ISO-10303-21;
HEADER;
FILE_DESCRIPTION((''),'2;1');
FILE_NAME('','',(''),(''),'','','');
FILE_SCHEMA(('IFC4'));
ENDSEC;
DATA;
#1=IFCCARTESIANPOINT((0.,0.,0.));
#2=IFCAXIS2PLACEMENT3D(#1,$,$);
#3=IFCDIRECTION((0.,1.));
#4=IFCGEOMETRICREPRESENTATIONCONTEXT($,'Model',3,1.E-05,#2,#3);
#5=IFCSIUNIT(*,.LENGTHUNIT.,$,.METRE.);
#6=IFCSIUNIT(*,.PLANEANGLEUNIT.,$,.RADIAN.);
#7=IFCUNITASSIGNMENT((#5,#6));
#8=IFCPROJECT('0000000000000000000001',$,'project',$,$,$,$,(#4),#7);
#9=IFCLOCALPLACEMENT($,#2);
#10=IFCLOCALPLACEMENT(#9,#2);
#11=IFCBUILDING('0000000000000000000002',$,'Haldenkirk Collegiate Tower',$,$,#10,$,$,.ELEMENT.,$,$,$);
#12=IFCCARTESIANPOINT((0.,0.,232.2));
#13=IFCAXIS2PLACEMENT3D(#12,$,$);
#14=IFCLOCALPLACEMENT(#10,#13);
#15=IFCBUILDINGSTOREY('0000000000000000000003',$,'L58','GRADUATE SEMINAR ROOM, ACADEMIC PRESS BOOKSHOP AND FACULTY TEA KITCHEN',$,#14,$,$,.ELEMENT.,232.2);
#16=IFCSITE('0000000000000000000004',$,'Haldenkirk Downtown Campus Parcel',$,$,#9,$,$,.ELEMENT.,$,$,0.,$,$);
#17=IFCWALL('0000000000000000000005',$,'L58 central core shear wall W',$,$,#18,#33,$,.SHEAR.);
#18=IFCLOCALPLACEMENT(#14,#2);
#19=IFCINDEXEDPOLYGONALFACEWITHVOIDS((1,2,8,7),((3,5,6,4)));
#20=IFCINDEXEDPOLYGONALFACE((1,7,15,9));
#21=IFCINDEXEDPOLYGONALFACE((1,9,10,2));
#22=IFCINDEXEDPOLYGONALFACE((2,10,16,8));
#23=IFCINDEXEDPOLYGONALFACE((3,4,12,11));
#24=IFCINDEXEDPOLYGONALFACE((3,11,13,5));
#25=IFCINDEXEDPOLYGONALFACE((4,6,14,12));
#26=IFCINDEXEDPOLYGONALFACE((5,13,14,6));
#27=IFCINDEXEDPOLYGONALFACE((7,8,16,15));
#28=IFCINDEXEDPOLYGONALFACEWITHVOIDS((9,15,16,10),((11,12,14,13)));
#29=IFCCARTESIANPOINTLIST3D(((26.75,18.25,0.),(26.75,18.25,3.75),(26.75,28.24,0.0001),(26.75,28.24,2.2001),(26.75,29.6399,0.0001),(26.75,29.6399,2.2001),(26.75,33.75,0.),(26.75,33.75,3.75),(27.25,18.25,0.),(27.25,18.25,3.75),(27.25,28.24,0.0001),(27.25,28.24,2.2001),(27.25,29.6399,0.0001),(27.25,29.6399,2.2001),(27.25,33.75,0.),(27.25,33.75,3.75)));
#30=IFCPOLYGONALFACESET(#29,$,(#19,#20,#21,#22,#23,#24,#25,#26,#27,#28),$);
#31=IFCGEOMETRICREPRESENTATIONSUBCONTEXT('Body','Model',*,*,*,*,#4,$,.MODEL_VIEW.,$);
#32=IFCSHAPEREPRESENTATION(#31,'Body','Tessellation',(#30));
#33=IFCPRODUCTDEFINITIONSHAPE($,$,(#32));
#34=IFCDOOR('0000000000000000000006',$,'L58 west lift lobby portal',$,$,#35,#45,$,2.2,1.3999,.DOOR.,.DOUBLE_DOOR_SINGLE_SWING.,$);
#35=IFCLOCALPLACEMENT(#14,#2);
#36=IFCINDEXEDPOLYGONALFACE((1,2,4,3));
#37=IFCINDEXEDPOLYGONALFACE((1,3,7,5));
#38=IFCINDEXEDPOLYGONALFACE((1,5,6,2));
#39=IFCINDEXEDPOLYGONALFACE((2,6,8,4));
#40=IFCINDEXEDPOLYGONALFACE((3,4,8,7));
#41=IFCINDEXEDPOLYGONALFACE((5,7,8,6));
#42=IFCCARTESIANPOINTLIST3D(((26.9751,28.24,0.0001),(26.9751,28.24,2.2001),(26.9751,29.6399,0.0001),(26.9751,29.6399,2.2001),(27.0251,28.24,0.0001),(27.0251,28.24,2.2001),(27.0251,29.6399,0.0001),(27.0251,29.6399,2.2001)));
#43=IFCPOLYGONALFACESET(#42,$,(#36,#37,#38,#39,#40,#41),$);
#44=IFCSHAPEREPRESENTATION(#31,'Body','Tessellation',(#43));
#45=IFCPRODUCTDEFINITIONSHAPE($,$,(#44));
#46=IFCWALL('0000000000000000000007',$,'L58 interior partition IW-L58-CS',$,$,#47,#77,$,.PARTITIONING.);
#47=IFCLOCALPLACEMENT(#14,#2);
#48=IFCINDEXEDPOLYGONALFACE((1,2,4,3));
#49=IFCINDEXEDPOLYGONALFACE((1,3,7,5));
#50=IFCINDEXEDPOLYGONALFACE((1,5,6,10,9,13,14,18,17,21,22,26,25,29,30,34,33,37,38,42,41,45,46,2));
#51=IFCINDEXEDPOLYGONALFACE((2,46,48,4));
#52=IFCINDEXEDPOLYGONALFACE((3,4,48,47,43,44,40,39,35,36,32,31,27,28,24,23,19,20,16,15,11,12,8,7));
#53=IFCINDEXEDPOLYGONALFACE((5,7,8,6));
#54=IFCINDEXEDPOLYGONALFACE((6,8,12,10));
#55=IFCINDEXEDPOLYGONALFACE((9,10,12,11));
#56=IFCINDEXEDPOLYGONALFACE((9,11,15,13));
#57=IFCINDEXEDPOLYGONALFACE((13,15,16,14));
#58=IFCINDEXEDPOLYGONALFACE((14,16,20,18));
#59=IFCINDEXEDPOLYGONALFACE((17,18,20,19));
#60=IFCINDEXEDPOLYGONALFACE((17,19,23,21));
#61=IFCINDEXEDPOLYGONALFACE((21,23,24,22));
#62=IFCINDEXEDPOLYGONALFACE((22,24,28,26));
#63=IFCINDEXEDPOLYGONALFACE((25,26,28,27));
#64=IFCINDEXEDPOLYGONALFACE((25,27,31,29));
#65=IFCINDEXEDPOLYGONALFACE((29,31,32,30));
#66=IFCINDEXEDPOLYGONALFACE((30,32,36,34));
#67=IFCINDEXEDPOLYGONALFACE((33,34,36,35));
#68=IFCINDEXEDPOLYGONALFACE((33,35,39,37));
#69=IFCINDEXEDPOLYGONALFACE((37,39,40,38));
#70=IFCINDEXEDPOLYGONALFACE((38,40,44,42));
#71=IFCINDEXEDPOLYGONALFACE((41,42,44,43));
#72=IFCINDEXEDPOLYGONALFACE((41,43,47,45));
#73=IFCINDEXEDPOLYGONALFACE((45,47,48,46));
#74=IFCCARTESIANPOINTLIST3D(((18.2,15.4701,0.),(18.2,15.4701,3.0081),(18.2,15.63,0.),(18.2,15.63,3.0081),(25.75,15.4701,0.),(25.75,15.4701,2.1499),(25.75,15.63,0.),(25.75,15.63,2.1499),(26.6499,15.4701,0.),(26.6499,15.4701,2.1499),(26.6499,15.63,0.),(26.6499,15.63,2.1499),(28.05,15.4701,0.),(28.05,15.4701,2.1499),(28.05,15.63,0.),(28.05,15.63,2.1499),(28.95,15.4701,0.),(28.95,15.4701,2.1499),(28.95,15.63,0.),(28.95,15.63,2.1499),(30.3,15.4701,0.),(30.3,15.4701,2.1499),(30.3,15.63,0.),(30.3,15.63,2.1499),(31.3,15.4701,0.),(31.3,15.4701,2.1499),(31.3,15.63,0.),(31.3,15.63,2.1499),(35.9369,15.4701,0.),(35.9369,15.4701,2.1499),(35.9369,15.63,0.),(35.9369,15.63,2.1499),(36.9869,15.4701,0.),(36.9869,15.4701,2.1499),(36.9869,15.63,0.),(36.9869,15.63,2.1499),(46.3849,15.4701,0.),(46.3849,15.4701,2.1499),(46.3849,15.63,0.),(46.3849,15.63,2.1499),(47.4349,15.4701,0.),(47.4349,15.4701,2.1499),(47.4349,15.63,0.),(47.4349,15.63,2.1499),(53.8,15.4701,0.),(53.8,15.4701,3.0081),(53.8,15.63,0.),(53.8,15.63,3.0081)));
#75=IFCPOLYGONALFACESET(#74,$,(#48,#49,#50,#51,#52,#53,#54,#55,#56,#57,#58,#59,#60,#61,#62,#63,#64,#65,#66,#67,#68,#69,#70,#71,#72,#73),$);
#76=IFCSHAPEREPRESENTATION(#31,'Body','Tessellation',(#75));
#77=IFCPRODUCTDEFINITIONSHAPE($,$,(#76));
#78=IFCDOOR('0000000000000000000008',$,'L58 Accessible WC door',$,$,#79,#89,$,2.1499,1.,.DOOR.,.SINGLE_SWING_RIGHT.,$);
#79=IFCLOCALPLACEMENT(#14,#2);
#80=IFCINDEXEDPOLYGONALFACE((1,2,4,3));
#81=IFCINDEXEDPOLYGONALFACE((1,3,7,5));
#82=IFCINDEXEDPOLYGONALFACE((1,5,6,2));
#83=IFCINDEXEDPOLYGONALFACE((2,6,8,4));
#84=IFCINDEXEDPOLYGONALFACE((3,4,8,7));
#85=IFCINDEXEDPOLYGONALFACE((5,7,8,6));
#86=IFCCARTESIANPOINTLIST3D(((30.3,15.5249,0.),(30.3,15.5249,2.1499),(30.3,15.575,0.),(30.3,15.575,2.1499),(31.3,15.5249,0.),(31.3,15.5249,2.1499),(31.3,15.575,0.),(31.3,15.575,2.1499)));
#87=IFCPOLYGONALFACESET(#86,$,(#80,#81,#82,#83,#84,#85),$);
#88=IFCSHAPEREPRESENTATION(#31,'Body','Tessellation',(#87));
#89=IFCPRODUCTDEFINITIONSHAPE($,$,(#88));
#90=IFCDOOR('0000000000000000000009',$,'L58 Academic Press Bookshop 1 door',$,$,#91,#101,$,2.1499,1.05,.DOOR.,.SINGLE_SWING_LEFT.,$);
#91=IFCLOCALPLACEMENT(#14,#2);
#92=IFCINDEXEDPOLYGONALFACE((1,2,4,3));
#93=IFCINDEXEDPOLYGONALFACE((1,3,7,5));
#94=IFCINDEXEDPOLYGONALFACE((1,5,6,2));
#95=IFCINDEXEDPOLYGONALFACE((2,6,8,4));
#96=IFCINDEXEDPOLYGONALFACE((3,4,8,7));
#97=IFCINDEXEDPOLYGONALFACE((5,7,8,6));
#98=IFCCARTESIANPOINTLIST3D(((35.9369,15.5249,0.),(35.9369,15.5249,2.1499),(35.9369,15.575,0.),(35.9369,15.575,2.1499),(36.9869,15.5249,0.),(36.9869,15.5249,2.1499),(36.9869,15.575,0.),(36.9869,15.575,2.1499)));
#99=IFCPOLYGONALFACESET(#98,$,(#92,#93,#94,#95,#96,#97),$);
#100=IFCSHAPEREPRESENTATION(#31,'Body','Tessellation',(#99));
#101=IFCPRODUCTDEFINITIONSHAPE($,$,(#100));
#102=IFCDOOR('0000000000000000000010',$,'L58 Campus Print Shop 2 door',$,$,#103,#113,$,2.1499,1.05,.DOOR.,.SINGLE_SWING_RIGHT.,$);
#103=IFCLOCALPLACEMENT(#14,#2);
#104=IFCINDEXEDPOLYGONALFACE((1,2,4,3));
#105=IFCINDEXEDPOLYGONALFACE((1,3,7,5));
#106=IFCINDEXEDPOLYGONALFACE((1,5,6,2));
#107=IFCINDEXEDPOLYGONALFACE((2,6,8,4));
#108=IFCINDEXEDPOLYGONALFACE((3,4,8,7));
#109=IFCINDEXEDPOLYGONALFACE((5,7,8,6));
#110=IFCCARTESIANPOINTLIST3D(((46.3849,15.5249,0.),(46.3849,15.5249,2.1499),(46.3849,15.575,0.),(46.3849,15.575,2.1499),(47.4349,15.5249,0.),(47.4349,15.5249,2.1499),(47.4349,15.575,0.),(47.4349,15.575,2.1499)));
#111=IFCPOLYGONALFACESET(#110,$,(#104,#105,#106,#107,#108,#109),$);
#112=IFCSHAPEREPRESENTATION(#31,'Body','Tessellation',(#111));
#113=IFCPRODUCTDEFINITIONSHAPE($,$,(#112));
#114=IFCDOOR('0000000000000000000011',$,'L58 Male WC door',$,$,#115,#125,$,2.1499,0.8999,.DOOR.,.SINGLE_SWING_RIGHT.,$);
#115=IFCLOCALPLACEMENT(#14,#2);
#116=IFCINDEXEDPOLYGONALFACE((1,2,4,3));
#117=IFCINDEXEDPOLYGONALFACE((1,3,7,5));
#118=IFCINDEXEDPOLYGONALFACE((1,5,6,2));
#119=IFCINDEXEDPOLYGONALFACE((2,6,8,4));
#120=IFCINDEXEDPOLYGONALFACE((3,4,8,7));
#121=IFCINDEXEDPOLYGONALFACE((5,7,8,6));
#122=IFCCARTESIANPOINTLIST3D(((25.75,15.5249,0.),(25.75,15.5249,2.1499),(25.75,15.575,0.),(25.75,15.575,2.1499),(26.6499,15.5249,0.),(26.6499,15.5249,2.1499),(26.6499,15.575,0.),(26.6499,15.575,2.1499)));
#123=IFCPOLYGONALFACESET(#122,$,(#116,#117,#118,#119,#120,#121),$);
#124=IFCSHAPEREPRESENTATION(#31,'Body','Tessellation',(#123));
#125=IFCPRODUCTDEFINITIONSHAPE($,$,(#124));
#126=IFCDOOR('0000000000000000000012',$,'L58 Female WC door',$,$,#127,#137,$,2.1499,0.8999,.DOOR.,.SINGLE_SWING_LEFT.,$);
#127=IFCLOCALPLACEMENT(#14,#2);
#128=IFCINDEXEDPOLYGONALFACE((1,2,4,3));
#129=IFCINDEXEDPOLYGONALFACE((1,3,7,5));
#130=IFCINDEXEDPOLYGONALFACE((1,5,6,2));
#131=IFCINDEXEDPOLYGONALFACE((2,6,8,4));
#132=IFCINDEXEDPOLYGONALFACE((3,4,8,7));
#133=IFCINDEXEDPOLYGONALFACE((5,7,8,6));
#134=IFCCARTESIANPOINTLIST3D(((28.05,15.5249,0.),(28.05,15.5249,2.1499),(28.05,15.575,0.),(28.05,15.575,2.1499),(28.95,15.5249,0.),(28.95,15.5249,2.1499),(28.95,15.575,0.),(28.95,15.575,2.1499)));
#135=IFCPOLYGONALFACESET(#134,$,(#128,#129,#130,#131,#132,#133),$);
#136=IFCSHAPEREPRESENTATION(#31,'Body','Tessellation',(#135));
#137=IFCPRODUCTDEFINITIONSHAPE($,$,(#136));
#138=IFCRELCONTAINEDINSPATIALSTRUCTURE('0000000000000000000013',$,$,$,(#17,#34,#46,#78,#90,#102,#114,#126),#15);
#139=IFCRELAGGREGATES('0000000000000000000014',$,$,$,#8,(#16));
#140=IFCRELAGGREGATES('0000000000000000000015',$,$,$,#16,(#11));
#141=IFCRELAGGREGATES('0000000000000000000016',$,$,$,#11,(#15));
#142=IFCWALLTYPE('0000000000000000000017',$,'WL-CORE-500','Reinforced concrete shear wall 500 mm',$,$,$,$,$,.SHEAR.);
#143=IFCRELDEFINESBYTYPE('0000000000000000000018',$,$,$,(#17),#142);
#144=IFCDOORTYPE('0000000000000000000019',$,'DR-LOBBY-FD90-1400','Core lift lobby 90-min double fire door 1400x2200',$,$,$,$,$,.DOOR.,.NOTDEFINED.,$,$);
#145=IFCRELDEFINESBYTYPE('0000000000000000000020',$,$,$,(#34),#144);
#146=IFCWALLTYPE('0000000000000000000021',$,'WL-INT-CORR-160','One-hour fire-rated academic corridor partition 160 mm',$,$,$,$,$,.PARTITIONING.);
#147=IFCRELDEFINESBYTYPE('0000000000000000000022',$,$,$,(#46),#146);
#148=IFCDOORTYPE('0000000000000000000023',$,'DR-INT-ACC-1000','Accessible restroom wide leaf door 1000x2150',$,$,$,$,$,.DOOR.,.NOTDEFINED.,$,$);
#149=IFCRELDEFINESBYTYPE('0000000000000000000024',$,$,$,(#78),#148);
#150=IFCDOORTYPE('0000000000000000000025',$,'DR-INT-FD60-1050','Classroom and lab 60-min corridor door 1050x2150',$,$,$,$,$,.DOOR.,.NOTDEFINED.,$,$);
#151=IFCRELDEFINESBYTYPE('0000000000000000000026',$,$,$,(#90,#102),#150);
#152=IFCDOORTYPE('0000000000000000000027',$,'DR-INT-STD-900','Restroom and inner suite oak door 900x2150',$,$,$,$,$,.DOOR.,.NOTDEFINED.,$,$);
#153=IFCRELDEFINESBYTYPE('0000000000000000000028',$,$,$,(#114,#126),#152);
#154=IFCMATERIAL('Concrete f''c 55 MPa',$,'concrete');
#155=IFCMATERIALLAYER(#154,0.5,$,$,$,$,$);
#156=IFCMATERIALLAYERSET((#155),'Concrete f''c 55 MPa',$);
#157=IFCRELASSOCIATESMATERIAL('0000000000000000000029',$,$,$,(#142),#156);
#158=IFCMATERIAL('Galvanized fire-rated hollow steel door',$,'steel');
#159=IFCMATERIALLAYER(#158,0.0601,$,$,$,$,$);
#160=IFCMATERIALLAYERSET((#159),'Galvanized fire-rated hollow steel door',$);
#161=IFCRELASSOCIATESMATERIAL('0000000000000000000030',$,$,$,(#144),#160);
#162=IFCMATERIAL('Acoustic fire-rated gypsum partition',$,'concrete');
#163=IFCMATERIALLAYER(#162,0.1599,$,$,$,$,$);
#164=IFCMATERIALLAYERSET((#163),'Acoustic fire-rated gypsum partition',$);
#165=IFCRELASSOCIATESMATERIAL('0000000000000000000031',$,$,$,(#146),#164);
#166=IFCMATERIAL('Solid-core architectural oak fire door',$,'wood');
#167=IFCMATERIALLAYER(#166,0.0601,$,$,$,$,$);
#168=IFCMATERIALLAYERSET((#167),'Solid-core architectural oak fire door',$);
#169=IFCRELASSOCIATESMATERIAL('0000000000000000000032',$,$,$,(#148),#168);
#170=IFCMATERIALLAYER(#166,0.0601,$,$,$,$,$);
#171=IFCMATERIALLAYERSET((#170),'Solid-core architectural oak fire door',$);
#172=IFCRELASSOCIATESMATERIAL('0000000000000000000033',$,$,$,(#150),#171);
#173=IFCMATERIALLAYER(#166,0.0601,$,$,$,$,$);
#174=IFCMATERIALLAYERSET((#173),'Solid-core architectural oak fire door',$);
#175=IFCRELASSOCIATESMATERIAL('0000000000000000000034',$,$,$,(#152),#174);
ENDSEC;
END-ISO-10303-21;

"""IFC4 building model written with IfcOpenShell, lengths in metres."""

from ifc_helpers import new_model, si_unit, direction, frame, frame_2d, origin, place, context, subcontext, project, spatial, rectangle, extrude, material, layer, layer_set, type_object, element, fill, save


model = new_model("IFC4")

# Units and contexts
model_context = context("Model", 3, precision=1e-05, world=origin(), true_north=direction((0.0, 1.0)))
body_context = subcontext(model_context, "Body", "Model", "MODEL_VIEW")
ifc_project = project(units=[si_unit("LENGTHUNIT", "METRE"), si_unit("PLANEANGLEUNIT", "RADIAN")], contexts=[model_context])

# Site, building, storey
site_placement = place(None, origin())
site = spatial("IfcSite", under=ifc_project, at=site_placement, Name="Haldenkirk Downtown Campus Parcel", CompositionType="ELEMENT", RefElevation=0.0)
building_placement = place(site_placement, origin())
building = spatial("IfcBuilding", under=site, at=building_placement, Name="Haldenkirk Collegiate Tower", CompositionType="ELEMENT")
storey_placement = place(building_placement, frame((0.0, 0.0, 232.2)))
storey = spatial("IfcBuildingStorey", under=building, at=storey_placement, Name="L58", Description="GRADUATE SEMINAR ROOM, ACADEMIC PRESS BOOKSHOP AND FACULTY TEA KITCHEN", CompositionType="ELEMENT", Elevation=232.2)

# Shared definitions
ifc_material_1 = material(Name="Concrete f'c 55 MPa", Category="concrete")
ifc_layer_1 = layer(ifc_material_1, 0.5)
ifc_layer_set_1 = layer_set([ifc_layer_1], Name="Concrete f'c 55 MPa")
wall_type_1 = type_object("IfcWallType", Name="WL-CORE-500", Description="Reinforced concrete shear wall 500 mm", PredefinedType="SHEAR", material=ifc_layer_set_1)
ifc_material_2 = material(Name="Galvanized fire-rated hollow steel door", Category="steel")

# Wall, opening, door
wall_1_placement = place(storey_placement, frame((27.0, 18.25, 0.0), z_axis=(0.0, 0.0, 1.0), x_axis=(0.0, 1.0, 0.0)))
wall_1 = element("IfcWall", 1, at=wall_1_placement, inside=storey, type_object=wall_type_1, Name="L58 central core shear wall W", PredefinedType="SHEAR", context=body_context, shape_type="SweptSolid", body=[
    extrude(rectangle(XDim=15.5, YDim=0.5, at=frame_2d((7.75, 0.0))), origin(), (0.0, 0.0, 1.0), 3.75),
])
opening_1_placement = place(wall_1_placement, frame((9.99, 0.0, 0.0)))
opening_1 = element("IfcOpeningElement", 2, at=opening_1_placement, cuts=wall_1, PredefinedType="OPENING", context=body_context, shape_type="SweptSolid", body=[
    extrude(rectangle(XDim=1.3999, YDim=2.2, at=frame_2d((0.7, 1.1001))), frame((0.0, 0.26, 0.0), z_axis=(0.0, -1.0, 0.0), x_axis=(1.0, 0.0, 0.0)), (0.0, 0.0, 1.0), 0.52),
])
ifc_layer_2 = layer(ifc_material_2, 0.0601)
ifc_layer_set_2 = layer_set([ifc_layer_2], Name="Galvanized fire-rated hollow steel door")
door_type_1 = type_object("IfcDoorType", Name="DR-LOBBY-FD90-1400", Description="Core lift lobby 90-min double fire door 1400x2200", OperationType="NOTDEFINED", PredefinedType="DOOR", material=ifc_layer_set_2)
door_1_placement = place(opening_1_placement, origin())
door_1 = element("IfcDoor", 3, at=door_1_placement, inside=storey, type_object=door_type_1, Name="L58 west lift lobby portal", OperationType="DOUBLE_DOOR_SINGLE_SWING", OverallHeight=2.2, OverallWidth=1.3999, PredefinedType="DOOR", context=body_context, shape_type="SweptSolid", body=[
    extrude(rectangle(XDim=1.3999, YDim=2.2, at=frame_2d((0.7, 1.1001))), frame((0.0, 0.0249, 0.0), z_axis=(0.0, -1.0, 0.0), x_axis=(1.0, 0.0, 0.0)), (0.0, 0.0, 1.0), 0.05),
])
fill(opening_1, door_1)

# Wall, openings, doors
ifc_material_3 = material(Name="Acoustic fire-rated gypsum partition", Category="concrete")
ifc_layer_3 = layer(ifc_material_3, 0.1599)
ifc_layer_set_3 = layer_set([ifc_layer_3], Name="Acoustic fire-rated gypsum partition")
wall_type_2 = type_object("IfcWallType", Name="WL-INT-CORR-160", Description="One-hour fire-rated academic corridor partition 160 mm", PredefinedType="PARTITIONING", material=ifc_layer_set_3)
wall_2_placement = place(storey_placement, frame((18.2, 15.55, 0.0), z_axis=(0.0, 0.0, 1.0), x_axis=(1.0, 0.0, 0.0)))
wall_2 = element("IfcWall", 4, at=wall_2_placement, inside=storey, type_object=wall_type_2, Name="L58 interior partition IW-L58-CS", PredefinedType="PARTITIONING", context=body_context, shape_type="SweptSolid", body=[
    extrude(rectangle(XDim=35.6001, YDim=0.1599, at=frame_2d((17.8, 0.0))), origin(), (0.0, 0.0, 1.0), 3.0081),
])
opening_2_placement = place(wall_2_placement, frame((7.55, 0.0, 0.0)))
opening_2 = element("IfcOpeningElement", 5, at=opening_2_placement, cuts=wall_2, PredefinedType="OPENING", context=body_context, shape_type="SweptSolid", body=[
    extrude(rectangle(XDim=0.8999, YDim=2.1499, at=frame_2d((0.45, 1.075))), frame((0.0, 0.0898, 0.0), z_axis=(0.0, -1.0, 0.0), x_axis=(1.0, 0.0, 0.0)), (0.0, 0.0, 1.0), 0.1799),
])
opening_3_placement = place(wall_2_placement, frame((9.8501, 0.0, 0.0)))
opening_3 = element("IfcOpeningElement", 6, at=opening_3_placement, cuts=wall_2, PredefinedType="OPENING", context=body_context, shape_type="SweptSolid", body=[
    extrude(rectangle(XDim=0.8999, YDim=2.1499, at=frame_2d((0.45, 1.075))), frame((0.0, 0.0898, 0.0), z_axis=(0.0, -1.0, 0.0), x_axis=(1.0, 0.0, 0.0)), (0.0, 0.0, 1.0), 0.1799),
])
opening_4_placement = place(wall_2_placement, frame((12.1001, 0.0, 0.0)))
opening_4 = element("IfcOpeningElement", 7, at=opening_4_placement, cuts=wall_2, PredefinedType="OPENING", context=body_context, shape_type="SweptSolid", body=[
    extrude(rectangle(XDim=1.0, YDim=2.1499, at=frame_2d((0.5, 1.075))), frame((0.0, 0.0898, 0.0), z_axis=(0.0, -1.0, 0.0), x_axis=(1.0, 0.0, 0.0)), (0.0, 0.0, 1.0), 0.1799),
])
opening_5_placement = place(wall_2_placement, frame((17.7371, 0.0, 0.0)))
opening_5 = element("IfcOpeningElement", 8, at=opening_5_placement, cuts=wall_2, PredefinedType="OPENING", context=body_context, shape_type="SweptSolid", body=[
    extrude(rectangle(XDim=1.05, YDim=2.1499, at=frame_2d((0.5249, 1.075))), frame((0.0, 0.0898, 0.0), z_axis=(0.0, -1.0, 0.0), x_axis=(1.0, 0.0, 0.0)), (0.0, 0.0, 1.0), 0.1799),
])
opening_6_placement = place(wall_2_placement, frame((28.1851, 0.0, 0.0)))
opening_6 = element("IfcOpeningElement", 9, at=opening_6_placement, cuts=wall_2, PredefinedType="OPENING", context=body_context, shape_type="SweptSolid", body=[
    extrude(rectangle(XDim=1.05, YDim=2.1499, at=frame_2d((0.5249, 1.075))), frame((0.0, 0.0898, 0.0), z_axis=(0.0, -1.0, 0.0), x_axis=(1.0, 0.0, 0.0)), (0.0, 0.0, 1.0), 0.1799),
])
ifc_material_4 = material(Name="Solid-core architectural oak fire door", Category="wood")
ifc_layer_4 = layer(ifc_material_4, 0.0601)
ifc_layer_set_4 = layer_set([ifc_layer_4], Name="Solid-core architectural oak fire door")
door_type_2 = type_object("IfcDoorType", Name="DR-INT-ACC-1000", Description="Accessible restroom wide leaf door 1000x2150", OperationType="NOTDEFINED", PredefinedType="DOOR", material=ifc_layer_set_4)
door_2_placement = place(opening_4_placement, origin())
door_2 = element("IfcDoor", 10, at=door_2_placement, inside=storey, type_object=door_type_2, Name="L58 Accessible WC door", OperationType="SINGLE_SWING_RIGHT", OverallHeight=2.1499, OverallWidth=1.0, PredefinedType="DOOR", context=body_context, shape_type="SweptSolid", body=[
    extrude(rectangle(XDim=1.0, YDim=2.1499, at=frame_2d((0.5, 1.075))), frame((0.0, 0.0249, 0.0), z_axis=(0.0, -1.0, 0.0), x_axis=(1.0, 0.0, 0.0)), (0.0, 0.0, 1.0), 0.05),
])
fill(opening_4, door_2)
ifc_layer_5 = layer(ifc_material_4, 0.0601)
ifc_layer_set_5 = layer_set([ifc_layer_5], Name="Solid-core architectural oak fire door")
door_type_3 = type_object("IfcDoorType", Name="DR-INT-FD60-1050", Description="Classroom and lab 60-min corridor door 1050x2150", OperationType="NOTDEFINED", PredefinedType="DOOR", material=ifc_layer_set_5)
door_3_placement = place(opening_5_placement, origin())
door_3 = element("IfcDoor", 11, at=door_3_placement, inside=storey, type_object=door_type_3, Name="L58 Academic Press Bookshop 1 door", OperationType="SINGLE_SWING_LEFT", OverallHeight=2.1499, OverallWidth=1.05, PredefinedType="DOOR", context=body_context, shape_type="SweptSolid", body=[
    extrude(rectangle(XDim=1.05, YDim=2.1499, at=frame_2d((0.5249, 1.075))), frame((0.0, 0.0249, 0.0), z_axis=(0.0, -1.0, 0.0), x_axis=(1.0, 0.0, 0.0)), (0.0, 0.0, 1.0), 0.05),
])
fill(opening_5, door_3)
door_4_placement = place(opening_6_placement, origin())
door_4 = element("IfcDoor", 12, at=door_4_placement, inside=storey, type_object=door_type_3, Name="L58 Campus Print Shop 2 door", OperationType="SINGLE_SWING_RIGHT", OverallHeight=2.1499, OverallWidth=1.05, PredefinedType="DOOR", context=body_context, shape_type="SweptSolid", body=[
    extrude(rectangle(XDim=1.05, YDim=2.1499, at=frame_2d((0.5249, 1.075))), frame((0.0, 0.0249, 0.0), z_axis=(0.0, -1.0, 0.0), x_axis=(1.0, 0.0, 0.0)), (0.0, 0.0, 1.0), 0.05),
])
fill(opening_6, door_4)
ifc_layer_6 = layer(ifc_material_4, 0.0601)
ifc_layer_set_6 = layer_set([ifc_layer_6], Name="Solid-core architectural oak fire door")
door_type_4 = type_object("IfcDoorType", Name="DR-INT-STD-900", Description="Restroom and inner suite oak door 900x2150", OperationType="NOTDEFINED", PredefinedType="DOOR", material=ifc_layer_set_6)
door_5_placement = place(opening_2_placement, origin())
door_5 = element("IfcDoor", 13, at=door_5_placement, inside=storey, type_object=door_type_4, Name="L58 Male WC door", OperationType="SINGLE_SWING_RIGHT", OverallHeight=2.1499, OverallWidth=0.8999, PredefinedType="DOOR", context=body_context, shape_type="SweptSolid", body=[
    extrude(rectangle(XDim=0.8999, YDim=2.1499, at=frame_2d((0.45, 1.075))), frame((0.0, 0.0249, 0.0), z_axis=(0.0, -1.0, 0.0), x_axis=(1.0, 0.0, 0.0)), (0.0, 0.0, 1.0), 0.05),
])
fill(opening_2, door_5)
door_6_placement = place(opening_3_placement, origin())
door_6 = element("IfcDoor", 14, at=door_6_placement, inside=storey, type_object=door_type_4, Name="L58 Female WC door", OperationType="SINGLE_SWING_LEFT", OverallHeight=2.1499, OverallWidth=0.8999, PredefinedType="DOOR", context=body_context, shape_type="SweptSolid", body=[
    extrude(rectangle(XDim=0.8999, YDim=2.1499, at=frame_2d((0.45, 1.075))), frame((0.0, 0.0249, 0.0), z_axis=(0.0, -1.0, 0.0), x_axis=(1.0, 0.0, 0.0)), (0.0, 0.0, 1.0), 0.05),
])
fill(opening_3, door_6)

save(model, "model.ifc")
